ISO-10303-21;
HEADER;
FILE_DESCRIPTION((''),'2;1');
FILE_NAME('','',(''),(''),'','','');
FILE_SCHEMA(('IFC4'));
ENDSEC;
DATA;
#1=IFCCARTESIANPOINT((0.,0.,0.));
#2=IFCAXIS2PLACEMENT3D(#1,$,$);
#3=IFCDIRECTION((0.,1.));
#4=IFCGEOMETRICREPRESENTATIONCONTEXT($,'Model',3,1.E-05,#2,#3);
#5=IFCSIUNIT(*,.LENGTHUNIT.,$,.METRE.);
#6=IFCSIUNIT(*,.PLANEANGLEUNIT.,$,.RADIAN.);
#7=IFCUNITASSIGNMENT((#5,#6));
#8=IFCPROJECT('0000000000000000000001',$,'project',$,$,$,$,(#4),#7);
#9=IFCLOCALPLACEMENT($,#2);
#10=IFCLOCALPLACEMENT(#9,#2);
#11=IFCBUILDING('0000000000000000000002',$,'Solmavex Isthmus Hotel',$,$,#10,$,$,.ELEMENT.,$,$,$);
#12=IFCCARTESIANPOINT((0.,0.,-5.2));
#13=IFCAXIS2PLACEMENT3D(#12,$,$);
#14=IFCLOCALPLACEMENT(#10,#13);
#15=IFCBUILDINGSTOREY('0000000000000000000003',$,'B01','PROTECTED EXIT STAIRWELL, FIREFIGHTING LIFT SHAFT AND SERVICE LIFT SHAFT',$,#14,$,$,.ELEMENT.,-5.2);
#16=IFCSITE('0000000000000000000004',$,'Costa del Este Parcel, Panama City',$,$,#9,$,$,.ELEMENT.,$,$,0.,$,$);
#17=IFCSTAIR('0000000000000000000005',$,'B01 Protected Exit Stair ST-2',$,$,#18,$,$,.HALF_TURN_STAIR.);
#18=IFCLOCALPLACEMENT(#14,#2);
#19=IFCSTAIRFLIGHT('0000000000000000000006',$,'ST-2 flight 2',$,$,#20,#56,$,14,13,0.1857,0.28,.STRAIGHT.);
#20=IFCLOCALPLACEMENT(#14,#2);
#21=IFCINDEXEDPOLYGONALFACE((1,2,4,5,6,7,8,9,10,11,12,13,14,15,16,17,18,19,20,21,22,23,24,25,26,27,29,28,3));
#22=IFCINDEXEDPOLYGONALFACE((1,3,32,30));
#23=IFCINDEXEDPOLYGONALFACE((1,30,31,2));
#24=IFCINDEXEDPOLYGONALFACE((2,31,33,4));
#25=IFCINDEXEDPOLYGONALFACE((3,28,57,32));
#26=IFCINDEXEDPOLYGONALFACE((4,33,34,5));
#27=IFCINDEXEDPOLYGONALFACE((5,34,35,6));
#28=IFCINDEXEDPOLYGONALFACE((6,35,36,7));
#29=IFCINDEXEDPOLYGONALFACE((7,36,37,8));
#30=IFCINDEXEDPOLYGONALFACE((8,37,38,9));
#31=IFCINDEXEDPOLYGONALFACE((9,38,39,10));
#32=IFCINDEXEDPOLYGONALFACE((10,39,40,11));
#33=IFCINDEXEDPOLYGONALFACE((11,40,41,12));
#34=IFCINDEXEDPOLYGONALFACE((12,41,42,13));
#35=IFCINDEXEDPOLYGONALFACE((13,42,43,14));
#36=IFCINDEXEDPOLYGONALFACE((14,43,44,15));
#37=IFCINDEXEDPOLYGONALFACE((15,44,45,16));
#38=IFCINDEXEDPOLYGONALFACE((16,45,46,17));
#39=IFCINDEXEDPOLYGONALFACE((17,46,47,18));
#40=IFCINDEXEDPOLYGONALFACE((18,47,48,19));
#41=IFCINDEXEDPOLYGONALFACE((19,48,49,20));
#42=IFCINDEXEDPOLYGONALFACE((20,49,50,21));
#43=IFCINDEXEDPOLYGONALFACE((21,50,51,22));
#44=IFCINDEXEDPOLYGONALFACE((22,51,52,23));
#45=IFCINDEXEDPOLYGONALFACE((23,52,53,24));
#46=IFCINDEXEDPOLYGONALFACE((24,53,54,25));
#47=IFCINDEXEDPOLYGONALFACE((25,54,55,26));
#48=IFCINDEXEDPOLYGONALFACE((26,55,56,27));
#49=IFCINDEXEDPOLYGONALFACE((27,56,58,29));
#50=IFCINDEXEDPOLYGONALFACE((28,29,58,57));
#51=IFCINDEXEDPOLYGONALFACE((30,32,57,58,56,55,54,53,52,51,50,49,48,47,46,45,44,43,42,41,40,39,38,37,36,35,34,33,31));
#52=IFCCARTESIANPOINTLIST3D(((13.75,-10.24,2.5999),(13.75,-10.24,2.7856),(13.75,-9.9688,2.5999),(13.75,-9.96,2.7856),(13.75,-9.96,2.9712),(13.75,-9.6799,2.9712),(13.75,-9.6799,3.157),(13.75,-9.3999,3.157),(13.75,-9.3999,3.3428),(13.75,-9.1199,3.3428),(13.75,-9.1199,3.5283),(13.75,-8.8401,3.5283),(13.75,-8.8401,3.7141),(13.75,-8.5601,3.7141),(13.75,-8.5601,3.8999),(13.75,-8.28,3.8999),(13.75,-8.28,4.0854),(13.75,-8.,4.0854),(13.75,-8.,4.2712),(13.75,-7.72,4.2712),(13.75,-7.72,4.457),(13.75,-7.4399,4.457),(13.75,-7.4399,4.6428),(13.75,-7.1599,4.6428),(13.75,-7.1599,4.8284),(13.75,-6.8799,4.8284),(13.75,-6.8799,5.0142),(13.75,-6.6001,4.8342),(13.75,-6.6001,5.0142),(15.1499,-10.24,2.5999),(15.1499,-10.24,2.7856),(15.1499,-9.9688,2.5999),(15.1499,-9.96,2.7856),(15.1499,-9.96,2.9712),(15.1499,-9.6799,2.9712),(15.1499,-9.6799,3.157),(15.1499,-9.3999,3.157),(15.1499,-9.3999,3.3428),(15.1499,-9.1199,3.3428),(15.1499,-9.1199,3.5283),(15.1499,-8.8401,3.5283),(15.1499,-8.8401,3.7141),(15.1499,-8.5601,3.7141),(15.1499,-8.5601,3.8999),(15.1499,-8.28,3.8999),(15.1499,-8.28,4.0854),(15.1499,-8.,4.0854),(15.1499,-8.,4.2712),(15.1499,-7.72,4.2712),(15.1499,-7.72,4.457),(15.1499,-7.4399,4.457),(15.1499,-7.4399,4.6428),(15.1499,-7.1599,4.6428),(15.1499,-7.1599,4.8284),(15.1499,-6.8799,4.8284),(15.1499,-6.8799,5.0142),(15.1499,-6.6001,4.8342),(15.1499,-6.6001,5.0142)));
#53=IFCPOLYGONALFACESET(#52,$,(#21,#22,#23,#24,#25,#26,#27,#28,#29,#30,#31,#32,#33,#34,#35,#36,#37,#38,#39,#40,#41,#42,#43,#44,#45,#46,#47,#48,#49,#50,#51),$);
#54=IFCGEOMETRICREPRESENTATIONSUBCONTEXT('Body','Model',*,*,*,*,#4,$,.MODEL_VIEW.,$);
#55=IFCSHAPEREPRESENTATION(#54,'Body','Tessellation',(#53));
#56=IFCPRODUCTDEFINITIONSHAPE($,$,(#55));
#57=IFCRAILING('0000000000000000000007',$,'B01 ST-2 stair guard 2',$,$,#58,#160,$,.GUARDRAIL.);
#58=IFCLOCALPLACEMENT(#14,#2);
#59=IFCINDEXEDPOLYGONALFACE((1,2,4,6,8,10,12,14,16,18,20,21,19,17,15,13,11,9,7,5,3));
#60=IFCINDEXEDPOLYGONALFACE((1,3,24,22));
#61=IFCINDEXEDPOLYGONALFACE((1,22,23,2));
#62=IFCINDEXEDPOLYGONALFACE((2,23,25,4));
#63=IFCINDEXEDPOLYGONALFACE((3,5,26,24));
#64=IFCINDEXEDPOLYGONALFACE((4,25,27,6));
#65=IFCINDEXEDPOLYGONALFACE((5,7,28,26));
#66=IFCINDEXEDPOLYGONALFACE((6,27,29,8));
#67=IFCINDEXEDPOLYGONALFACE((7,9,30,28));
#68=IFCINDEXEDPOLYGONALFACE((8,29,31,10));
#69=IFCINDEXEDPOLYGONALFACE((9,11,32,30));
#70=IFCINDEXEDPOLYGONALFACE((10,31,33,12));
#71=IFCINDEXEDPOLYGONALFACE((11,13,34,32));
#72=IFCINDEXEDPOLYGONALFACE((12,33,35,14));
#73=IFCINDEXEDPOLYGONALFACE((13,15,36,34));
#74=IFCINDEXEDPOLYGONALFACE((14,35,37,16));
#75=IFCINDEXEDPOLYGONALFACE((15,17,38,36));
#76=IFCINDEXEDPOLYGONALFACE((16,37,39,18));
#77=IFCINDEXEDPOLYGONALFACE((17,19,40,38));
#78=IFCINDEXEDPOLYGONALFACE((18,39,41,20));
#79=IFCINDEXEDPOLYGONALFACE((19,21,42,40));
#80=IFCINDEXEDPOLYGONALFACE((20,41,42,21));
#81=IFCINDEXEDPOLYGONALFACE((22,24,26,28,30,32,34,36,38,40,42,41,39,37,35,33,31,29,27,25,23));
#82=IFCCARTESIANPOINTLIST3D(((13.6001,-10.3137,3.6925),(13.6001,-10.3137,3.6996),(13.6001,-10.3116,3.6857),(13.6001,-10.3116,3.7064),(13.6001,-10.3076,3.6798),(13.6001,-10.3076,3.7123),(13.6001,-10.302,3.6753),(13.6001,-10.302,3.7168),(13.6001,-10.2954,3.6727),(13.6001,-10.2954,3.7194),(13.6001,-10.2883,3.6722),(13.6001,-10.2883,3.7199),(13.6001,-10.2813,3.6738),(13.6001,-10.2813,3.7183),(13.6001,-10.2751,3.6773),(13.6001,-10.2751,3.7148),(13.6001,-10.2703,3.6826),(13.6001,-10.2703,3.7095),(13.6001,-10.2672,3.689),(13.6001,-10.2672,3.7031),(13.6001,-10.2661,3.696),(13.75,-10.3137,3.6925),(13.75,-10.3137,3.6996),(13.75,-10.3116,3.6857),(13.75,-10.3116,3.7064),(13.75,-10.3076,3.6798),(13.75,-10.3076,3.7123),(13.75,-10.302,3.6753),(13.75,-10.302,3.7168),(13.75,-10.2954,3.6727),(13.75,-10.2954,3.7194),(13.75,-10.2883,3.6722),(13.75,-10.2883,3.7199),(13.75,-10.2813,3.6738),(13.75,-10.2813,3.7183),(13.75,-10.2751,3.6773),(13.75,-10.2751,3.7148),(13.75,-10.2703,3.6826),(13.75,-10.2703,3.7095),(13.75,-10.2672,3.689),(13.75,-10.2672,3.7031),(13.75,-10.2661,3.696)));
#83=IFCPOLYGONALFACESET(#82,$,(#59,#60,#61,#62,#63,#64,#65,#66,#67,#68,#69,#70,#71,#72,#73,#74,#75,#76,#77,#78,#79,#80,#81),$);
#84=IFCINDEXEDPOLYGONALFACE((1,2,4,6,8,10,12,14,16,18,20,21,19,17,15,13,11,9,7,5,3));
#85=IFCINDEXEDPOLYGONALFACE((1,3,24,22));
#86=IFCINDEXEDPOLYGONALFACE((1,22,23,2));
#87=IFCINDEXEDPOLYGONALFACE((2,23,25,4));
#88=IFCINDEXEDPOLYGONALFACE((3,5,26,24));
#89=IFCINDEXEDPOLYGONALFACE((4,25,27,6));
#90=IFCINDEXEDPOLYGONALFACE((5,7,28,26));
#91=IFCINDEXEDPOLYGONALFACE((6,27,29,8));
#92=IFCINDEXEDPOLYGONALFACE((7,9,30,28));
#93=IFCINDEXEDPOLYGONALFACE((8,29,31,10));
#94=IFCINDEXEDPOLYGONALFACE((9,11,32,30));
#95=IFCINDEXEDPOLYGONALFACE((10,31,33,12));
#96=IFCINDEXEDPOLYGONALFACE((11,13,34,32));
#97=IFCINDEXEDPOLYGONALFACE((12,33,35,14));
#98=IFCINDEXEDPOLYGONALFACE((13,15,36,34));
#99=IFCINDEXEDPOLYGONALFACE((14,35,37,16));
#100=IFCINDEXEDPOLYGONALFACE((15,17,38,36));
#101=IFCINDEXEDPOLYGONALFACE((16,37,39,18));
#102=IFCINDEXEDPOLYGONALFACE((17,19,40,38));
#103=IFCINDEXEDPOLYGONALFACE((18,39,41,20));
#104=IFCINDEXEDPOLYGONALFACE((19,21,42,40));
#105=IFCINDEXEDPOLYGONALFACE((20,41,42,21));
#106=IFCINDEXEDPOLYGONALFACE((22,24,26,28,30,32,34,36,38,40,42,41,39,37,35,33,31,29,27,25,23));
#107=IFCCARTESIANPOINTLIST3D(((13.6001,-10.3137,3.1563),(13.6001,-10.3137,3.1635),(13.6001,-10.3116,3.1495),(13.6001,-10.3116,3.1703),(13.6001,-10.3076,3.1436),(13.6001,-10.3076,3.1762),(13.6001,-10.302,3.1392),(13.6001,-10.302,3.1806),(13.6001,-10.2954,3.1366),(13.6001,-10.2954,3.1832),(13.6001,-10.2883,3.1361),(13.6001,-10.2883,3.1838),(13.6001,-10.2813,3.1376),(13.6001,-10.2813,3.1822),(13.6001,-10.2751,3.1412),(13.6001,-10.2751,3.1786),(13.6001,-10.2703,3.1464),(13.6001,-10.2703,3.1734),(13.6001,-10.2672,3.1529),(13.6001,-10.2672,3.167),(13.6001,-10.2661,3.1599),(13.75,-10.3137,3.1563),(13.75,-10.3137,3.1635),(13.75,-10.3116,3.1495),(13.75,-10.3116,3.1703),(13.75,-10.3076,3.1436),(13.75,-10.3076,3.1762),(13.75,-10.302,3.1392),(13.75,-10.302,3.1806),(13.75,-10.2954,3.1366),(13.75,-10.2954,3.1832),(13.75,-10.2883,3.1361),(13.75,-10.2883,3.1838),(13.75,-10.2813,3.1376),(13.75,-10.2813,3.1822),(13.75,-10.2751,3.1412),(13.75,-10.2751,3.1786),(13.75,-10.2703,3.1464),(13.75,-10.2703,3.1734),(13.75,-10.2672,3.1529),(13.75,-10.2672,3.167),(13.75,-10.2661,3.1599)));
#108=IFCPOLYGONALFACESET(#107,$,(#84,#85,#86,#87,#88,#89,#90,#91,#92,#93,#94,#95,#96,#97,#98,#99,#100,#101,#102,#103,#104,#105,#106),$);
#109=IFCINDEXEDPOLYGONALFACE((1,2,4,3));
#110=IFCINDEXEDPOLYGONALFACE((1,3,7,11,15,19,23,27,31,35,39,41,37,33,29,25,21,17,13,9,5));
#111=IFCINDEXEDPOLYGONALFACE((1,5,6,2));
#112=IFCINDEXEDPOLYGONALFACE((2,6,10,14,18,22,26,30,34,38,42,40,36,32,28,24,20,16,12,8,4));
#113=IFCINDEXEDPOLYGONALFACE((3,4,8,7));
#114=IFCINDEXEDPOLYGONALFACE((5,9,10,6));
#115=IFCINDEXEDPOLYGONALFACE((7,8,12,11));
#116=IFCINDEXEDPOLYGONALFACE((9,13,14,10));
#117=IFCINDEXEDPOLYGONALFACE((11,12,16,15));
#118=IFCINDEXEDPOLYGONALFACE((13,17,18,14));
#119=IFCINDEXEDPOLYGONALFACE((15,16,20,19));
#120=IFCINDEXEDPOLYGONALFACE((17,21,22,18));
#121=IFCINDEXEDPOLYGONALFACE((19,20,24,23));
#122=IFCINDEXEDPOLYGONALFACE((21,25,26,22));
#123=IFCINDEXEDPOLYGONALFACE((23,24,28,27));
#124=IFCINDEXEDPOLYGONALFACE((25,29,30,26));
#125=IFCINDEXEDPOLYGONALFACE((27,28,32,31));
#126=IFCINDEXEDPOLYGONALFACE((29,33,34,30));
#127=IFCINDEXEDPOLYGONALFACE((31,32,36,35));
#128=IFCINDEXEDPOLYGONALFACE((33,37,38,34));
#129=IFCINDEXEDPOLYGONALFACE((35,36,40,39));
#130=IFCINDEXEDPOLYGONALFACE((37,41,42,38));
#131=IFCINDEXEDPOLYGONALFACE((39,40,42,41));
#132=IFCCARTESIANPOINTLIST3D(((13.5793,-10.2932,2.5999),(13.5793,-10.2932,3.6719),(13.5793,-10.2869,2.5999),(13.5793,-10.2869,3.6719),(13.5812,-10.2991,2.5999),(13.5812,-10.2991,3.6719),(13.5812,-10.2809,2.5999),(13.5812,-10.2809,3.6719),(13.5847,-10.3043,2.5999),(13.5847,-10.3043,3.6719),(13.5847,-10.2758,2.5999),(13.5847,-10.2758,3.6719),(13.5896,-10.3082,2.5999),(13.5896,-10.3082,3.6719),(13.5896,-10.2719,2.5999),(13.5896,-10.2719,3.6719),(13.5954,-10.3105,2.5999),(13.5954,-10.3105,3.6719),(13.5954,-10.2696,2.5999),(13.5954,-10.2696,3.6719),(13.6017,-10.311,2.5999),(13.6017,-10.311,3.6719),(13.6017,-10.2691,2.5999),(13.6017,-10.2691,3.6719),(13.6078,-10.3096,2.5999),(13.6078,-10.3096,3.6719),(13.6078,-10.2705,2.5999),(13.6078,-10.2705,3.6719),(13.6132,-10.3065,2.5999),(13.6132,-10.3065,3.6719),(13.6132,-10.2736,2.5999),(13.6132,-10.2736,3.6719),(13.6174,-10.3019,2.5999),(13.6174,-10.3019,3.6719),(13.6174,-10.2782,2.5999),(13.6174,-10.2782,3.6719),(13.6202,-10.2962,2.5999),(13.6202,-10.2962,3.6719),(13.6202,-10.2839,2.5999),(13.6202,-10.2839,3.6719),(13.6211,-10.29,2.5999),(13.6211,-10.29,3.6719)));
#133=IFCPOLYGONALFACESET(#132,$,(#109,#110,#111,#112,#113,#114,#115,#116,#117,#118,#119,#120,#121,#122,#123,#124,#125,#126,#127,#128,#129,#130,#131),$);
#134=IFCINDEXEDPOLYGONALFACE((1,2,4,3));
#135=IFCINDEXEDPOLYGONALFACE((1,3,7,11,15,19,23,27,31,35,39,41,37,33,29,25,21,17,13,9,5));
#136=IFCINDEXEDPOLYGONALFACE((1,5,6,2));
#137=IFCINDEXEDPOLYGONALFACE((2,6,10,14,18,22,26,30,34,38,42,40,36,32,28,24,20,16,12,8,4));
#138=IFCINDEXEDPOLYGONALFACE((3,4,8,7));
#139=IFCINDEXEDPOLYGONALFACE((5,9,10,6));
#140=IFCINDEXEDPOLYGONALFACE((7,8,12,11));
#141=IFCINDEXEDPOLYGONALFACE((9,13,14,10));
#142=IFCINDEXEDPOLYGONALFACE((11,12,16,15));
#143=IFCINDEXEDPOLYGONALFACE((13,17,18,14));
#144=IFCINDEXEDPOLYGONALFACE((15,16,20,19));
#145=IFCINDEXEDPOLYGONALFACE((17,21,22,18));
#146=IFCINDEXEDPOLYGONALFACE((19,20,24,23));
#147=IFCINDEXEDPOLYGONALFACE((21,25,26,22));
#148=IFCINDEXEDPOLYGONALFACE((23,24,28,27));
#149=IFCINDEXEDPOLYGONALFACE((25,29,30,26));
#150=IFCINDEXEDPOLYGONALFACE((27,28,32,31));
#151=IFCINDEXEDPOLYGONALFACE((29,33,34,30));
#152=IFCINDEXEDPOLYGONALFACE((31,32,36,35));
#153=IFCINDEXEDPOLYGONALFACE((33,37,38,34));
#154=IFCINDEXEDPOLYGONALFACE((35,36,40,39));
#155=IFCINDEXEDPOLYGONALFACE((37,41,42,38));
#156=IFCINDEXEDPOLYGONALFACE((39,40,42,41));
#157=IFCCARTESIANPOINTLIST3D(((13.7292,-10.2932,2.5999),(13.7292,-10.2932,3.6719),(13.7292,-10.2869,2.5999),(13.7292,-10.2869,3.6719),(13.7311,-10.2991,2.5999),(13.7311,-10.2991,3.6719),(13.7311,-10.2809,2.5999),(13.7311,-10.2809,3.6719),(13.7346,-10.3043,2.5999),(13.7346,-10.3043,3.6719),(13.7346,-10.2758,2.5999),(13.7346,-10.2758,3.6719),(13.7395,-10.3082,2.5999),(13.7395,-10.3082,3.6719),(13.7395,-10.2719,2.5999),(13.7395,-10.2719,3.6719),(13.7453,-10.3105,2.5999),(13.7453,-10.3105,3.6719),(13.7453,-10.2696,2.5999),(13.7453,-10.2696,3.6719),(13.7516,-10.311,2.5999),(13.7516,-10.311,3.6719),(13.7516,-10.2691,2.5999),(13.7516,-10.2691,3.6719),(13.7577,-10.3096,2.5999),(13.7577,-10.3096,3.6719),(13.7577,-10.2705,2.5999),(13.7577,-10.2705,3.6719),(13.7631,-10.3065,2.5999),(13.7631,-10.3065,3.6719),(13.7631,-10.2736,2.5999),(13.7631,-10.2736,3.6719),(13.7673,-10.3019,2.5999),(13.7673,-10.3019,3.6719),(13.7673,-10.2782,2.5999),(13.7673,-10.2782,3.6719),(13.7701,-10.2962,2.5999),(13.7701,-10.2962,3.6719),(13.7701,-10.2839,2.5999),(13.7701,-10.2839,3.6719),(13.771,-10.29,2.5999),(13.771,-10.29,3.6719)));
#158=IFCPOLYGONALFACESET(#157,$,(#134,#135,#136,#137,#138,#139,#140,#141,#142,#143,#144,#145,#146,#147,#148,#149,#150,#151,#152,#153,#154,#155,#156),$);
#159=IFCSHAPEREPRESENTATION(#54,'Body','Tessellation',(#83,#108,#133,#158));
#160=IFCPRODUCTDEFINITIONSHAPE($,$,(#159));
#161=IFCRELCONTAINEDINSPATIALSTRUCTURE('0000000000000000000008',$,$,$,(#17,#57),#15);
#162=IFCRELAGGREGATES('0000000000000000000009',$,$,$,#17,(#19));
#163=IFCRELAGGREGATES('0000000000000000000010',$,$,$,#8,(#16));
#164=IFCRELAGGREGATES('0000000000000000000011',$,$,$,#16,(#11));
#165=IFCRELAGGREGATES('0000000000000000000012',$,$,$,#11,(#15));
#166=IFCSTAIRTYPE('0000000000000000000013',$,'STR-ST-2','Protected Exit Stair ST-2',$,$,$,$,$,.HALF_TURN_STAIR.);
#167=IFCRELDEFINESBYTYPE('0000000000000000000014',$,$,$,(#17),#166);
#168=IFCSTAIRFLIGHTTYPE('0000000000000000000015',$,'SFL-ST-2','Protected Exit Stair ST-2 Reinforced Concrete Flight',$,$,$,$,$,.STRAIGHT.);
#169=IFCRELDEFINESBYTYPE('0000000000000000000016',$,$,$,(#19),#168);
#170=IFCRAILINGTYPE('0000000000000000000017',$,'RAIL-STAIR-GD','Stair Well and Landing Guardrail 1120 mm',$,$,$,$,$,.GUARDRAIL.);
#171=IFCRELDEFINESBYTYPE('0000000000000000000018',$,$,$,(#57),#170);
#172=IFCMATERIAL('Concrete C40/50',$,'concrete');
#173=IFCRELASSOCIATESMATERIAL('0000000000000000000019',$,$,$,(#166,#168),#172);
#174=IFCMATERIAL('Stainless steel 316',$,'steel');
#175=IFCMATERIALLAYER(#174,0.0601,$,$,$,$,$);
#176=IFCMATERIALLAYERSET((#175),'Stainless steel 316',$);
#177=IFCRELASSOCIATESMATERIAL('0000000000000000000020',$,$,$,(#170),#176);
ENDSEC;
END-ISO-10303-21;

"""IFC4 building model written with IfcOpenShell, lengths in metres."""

from ifc_helpers import new_model, si_unit, direction, frame, origin, origin_2d, place, context, subcontext, project, spatial, polyline, circle, outline, extrude, material, layer, layer_set, type_object, element, aggregate, save


model = new_model("IFC4")

# Units and contexts
model_context = context("Model", 3, precision=1e-05, world=origin(), true_north=direction((0.0, 1.0)))
body_context = subcontext(model_context, "Body", "Model", "MODEL_VIEW")
ifc_project = project(units=[si_unit("LENGTHUNIT", "METRE"), si_unit("PLANEANGLEUNIT", "RADIAN")], contexts=[model_context])

# Site, building, storey
site_placement = place(None, origin())
site = spatial("IfcSite", under=ifc_project, at=site_placement, Name="Costa del Este Parcel, Panama City", CompositionType="ELEMENT", RefElevation=0.0)
building_placement = place(site_placement, origin())
building = spatial("IfcBuilding", under=site, at=building_placement, Name="Solmavex Isthmus Hotel", CompositionType="ELEMENT")
storey_placement = place(building_placement, frame((0.0, 0.0, -5.2)))
storey = spatial("IfcBuildingStorey", under=building, at=storey_placement, Name="B01", Description="PROTECTED EXIT STAIRWELL, FIREFIGHTING LIFT SHAFT AND SERVICE LIFT SHAFT", CompositionType="ELEMENT", Elevation=-5.2)

# Shared definitions
ifc_material_1 = material(Name="Concrete C40/50", Category="concrete")

# Shared definitions
ifc_material_2 = material(Name="Stainless steel 316", Category="steel")

# Stair, stair flight
stair_type = type_object("IfcStairType", Name="STR-ST-2", Description="Protected Exit Stair ST-2", PredefinedType="HALF_TURN_STAIR", material=ifc_material_1)
stair_placement = place(storey_placement, origin())
stair = element("IfcStair", 1, at=stair_placement, inside=storey, type_object=stair_type, Name="B01 Protected Exit Stair ST-2", PredefinedType="HALF_TURN_STAIR")
stair_flight_type = type_object("IfcStairFlightType", Name="SFL-ST-2", Description="Protected Exit Stair ST-2 Reinforced Concrete Flight", PredefinedType="STRAIGHT", material=ifc_material_1)
stair_flight_placement = place(storey_placement, frame((14.45, -10.24, 2.5999), z_axis=(0.0, 0.0, 1.0), x_axis=(0.0, 1.0, 0.0)))
stair_flight = element("IfcStairFlight", 2, at=stair_flight_placement, type_object=stair_flight_type, Name="ST-2 flight 2", NumberOfRisers=14, NumberOfTreads=13, PredefinedType="STRAIGHT", RiserHeight=0.1857, TreadLength=0.28, context=body_context, shape_type="SweptSolid", body=[
    extrude(outline(polyline([(0.0, 0.0), (0.0, 0.1858), (0.28, 0.1858), (0.28, 0.3713), (0.5601, 0.3713), (0.5601, 0.5571), (0.8401, 0.5571), (0.8401, 0.7429), (1.1201, 0.7429), (1.1201, 0.9285), (1.3999, 0.9285), (1.3999, 1.1143), (1.6799, 1.1143), (1.6799, 1.3), (1.96, 1.3), (1.96, 1.4856), (2.24, 1.4856), (2.24, 1.6714), (2.52, 1.6714), (2.52, 1.8572), (2.8, 1.8572), (2.8, 2.043), (3.0801, 2.043), (3.0801, 2.2285), (3.3601, 2.2285), (3.3601, 2.4143), (3.6399, 2.4143), (3.6399, 2.6001), (3.6399, 2.2344), (0.2712, 0.0), (0.0, 0.0)])), frame((0.0, 0.7, 0.0), z_axis=(0.0, -1.0, 0.0), x_axis=(1.0, 0.0, 0.0)), (0.0, 0.0, 1.0), 1.3999),
])
aggregate(stair, [stair_flight])

# Railing
ifc_layer_1 = layer(ifc_material_2, 0.0601)
ifc_layer_set_1 = layer_set([ifc_layer_1], Name="Stainless steel 316")
railing_type_1 = type_object("IfcRailingType", Name="RAIL-STAIR-GD", Description="Stair Well and Landing Guardrail 1120 mm", PredefinedType="GUARDRAIL", material=ifc_layer_set_1)
railing_1_placement = place(storey_placement, frame((13.6001, -10.29, 2.5999)))
element("IfcRailing", 3, at=railing_1_placement, inside=storey, type_object=railing_type_1, Name="B01 ST-2 stair guard 2", PredefinedType="GUARDRAIL", context=body_context, shape_type="SweptSolid", body=[
    extrude(circle(Radius=0.0239, at=origin_2d()), frame((0.0, 0.0, 1.0962), z_axis=(1.0, 0.0, 0.0), x_axis=(0.0, 1.0, 0.0)), (0.0, 0.0, 1.0), 0.1499),
    extrude(circle(Radius=0.0239, at=origin_2d()), frame((0.0, 0.0, 0.5601), z_axis=(1.0, 0.0, 0.0), x_axis=(0.0, 1.0, 0.0)), (0.0, 0.0, 1.0), 0.1499),
    extrude(circle(Radius=0.021, at=origin_2d()), origin(), (0.0, 0.0, 1.0), 1.072),
    extrude(circle(Radius=0.021, at=origin_2d()), frame((0.1499, 0.0, 0.0)), (0.0, 0.0, 1.0), 1.072),
])

save(model, "model.ifc")
